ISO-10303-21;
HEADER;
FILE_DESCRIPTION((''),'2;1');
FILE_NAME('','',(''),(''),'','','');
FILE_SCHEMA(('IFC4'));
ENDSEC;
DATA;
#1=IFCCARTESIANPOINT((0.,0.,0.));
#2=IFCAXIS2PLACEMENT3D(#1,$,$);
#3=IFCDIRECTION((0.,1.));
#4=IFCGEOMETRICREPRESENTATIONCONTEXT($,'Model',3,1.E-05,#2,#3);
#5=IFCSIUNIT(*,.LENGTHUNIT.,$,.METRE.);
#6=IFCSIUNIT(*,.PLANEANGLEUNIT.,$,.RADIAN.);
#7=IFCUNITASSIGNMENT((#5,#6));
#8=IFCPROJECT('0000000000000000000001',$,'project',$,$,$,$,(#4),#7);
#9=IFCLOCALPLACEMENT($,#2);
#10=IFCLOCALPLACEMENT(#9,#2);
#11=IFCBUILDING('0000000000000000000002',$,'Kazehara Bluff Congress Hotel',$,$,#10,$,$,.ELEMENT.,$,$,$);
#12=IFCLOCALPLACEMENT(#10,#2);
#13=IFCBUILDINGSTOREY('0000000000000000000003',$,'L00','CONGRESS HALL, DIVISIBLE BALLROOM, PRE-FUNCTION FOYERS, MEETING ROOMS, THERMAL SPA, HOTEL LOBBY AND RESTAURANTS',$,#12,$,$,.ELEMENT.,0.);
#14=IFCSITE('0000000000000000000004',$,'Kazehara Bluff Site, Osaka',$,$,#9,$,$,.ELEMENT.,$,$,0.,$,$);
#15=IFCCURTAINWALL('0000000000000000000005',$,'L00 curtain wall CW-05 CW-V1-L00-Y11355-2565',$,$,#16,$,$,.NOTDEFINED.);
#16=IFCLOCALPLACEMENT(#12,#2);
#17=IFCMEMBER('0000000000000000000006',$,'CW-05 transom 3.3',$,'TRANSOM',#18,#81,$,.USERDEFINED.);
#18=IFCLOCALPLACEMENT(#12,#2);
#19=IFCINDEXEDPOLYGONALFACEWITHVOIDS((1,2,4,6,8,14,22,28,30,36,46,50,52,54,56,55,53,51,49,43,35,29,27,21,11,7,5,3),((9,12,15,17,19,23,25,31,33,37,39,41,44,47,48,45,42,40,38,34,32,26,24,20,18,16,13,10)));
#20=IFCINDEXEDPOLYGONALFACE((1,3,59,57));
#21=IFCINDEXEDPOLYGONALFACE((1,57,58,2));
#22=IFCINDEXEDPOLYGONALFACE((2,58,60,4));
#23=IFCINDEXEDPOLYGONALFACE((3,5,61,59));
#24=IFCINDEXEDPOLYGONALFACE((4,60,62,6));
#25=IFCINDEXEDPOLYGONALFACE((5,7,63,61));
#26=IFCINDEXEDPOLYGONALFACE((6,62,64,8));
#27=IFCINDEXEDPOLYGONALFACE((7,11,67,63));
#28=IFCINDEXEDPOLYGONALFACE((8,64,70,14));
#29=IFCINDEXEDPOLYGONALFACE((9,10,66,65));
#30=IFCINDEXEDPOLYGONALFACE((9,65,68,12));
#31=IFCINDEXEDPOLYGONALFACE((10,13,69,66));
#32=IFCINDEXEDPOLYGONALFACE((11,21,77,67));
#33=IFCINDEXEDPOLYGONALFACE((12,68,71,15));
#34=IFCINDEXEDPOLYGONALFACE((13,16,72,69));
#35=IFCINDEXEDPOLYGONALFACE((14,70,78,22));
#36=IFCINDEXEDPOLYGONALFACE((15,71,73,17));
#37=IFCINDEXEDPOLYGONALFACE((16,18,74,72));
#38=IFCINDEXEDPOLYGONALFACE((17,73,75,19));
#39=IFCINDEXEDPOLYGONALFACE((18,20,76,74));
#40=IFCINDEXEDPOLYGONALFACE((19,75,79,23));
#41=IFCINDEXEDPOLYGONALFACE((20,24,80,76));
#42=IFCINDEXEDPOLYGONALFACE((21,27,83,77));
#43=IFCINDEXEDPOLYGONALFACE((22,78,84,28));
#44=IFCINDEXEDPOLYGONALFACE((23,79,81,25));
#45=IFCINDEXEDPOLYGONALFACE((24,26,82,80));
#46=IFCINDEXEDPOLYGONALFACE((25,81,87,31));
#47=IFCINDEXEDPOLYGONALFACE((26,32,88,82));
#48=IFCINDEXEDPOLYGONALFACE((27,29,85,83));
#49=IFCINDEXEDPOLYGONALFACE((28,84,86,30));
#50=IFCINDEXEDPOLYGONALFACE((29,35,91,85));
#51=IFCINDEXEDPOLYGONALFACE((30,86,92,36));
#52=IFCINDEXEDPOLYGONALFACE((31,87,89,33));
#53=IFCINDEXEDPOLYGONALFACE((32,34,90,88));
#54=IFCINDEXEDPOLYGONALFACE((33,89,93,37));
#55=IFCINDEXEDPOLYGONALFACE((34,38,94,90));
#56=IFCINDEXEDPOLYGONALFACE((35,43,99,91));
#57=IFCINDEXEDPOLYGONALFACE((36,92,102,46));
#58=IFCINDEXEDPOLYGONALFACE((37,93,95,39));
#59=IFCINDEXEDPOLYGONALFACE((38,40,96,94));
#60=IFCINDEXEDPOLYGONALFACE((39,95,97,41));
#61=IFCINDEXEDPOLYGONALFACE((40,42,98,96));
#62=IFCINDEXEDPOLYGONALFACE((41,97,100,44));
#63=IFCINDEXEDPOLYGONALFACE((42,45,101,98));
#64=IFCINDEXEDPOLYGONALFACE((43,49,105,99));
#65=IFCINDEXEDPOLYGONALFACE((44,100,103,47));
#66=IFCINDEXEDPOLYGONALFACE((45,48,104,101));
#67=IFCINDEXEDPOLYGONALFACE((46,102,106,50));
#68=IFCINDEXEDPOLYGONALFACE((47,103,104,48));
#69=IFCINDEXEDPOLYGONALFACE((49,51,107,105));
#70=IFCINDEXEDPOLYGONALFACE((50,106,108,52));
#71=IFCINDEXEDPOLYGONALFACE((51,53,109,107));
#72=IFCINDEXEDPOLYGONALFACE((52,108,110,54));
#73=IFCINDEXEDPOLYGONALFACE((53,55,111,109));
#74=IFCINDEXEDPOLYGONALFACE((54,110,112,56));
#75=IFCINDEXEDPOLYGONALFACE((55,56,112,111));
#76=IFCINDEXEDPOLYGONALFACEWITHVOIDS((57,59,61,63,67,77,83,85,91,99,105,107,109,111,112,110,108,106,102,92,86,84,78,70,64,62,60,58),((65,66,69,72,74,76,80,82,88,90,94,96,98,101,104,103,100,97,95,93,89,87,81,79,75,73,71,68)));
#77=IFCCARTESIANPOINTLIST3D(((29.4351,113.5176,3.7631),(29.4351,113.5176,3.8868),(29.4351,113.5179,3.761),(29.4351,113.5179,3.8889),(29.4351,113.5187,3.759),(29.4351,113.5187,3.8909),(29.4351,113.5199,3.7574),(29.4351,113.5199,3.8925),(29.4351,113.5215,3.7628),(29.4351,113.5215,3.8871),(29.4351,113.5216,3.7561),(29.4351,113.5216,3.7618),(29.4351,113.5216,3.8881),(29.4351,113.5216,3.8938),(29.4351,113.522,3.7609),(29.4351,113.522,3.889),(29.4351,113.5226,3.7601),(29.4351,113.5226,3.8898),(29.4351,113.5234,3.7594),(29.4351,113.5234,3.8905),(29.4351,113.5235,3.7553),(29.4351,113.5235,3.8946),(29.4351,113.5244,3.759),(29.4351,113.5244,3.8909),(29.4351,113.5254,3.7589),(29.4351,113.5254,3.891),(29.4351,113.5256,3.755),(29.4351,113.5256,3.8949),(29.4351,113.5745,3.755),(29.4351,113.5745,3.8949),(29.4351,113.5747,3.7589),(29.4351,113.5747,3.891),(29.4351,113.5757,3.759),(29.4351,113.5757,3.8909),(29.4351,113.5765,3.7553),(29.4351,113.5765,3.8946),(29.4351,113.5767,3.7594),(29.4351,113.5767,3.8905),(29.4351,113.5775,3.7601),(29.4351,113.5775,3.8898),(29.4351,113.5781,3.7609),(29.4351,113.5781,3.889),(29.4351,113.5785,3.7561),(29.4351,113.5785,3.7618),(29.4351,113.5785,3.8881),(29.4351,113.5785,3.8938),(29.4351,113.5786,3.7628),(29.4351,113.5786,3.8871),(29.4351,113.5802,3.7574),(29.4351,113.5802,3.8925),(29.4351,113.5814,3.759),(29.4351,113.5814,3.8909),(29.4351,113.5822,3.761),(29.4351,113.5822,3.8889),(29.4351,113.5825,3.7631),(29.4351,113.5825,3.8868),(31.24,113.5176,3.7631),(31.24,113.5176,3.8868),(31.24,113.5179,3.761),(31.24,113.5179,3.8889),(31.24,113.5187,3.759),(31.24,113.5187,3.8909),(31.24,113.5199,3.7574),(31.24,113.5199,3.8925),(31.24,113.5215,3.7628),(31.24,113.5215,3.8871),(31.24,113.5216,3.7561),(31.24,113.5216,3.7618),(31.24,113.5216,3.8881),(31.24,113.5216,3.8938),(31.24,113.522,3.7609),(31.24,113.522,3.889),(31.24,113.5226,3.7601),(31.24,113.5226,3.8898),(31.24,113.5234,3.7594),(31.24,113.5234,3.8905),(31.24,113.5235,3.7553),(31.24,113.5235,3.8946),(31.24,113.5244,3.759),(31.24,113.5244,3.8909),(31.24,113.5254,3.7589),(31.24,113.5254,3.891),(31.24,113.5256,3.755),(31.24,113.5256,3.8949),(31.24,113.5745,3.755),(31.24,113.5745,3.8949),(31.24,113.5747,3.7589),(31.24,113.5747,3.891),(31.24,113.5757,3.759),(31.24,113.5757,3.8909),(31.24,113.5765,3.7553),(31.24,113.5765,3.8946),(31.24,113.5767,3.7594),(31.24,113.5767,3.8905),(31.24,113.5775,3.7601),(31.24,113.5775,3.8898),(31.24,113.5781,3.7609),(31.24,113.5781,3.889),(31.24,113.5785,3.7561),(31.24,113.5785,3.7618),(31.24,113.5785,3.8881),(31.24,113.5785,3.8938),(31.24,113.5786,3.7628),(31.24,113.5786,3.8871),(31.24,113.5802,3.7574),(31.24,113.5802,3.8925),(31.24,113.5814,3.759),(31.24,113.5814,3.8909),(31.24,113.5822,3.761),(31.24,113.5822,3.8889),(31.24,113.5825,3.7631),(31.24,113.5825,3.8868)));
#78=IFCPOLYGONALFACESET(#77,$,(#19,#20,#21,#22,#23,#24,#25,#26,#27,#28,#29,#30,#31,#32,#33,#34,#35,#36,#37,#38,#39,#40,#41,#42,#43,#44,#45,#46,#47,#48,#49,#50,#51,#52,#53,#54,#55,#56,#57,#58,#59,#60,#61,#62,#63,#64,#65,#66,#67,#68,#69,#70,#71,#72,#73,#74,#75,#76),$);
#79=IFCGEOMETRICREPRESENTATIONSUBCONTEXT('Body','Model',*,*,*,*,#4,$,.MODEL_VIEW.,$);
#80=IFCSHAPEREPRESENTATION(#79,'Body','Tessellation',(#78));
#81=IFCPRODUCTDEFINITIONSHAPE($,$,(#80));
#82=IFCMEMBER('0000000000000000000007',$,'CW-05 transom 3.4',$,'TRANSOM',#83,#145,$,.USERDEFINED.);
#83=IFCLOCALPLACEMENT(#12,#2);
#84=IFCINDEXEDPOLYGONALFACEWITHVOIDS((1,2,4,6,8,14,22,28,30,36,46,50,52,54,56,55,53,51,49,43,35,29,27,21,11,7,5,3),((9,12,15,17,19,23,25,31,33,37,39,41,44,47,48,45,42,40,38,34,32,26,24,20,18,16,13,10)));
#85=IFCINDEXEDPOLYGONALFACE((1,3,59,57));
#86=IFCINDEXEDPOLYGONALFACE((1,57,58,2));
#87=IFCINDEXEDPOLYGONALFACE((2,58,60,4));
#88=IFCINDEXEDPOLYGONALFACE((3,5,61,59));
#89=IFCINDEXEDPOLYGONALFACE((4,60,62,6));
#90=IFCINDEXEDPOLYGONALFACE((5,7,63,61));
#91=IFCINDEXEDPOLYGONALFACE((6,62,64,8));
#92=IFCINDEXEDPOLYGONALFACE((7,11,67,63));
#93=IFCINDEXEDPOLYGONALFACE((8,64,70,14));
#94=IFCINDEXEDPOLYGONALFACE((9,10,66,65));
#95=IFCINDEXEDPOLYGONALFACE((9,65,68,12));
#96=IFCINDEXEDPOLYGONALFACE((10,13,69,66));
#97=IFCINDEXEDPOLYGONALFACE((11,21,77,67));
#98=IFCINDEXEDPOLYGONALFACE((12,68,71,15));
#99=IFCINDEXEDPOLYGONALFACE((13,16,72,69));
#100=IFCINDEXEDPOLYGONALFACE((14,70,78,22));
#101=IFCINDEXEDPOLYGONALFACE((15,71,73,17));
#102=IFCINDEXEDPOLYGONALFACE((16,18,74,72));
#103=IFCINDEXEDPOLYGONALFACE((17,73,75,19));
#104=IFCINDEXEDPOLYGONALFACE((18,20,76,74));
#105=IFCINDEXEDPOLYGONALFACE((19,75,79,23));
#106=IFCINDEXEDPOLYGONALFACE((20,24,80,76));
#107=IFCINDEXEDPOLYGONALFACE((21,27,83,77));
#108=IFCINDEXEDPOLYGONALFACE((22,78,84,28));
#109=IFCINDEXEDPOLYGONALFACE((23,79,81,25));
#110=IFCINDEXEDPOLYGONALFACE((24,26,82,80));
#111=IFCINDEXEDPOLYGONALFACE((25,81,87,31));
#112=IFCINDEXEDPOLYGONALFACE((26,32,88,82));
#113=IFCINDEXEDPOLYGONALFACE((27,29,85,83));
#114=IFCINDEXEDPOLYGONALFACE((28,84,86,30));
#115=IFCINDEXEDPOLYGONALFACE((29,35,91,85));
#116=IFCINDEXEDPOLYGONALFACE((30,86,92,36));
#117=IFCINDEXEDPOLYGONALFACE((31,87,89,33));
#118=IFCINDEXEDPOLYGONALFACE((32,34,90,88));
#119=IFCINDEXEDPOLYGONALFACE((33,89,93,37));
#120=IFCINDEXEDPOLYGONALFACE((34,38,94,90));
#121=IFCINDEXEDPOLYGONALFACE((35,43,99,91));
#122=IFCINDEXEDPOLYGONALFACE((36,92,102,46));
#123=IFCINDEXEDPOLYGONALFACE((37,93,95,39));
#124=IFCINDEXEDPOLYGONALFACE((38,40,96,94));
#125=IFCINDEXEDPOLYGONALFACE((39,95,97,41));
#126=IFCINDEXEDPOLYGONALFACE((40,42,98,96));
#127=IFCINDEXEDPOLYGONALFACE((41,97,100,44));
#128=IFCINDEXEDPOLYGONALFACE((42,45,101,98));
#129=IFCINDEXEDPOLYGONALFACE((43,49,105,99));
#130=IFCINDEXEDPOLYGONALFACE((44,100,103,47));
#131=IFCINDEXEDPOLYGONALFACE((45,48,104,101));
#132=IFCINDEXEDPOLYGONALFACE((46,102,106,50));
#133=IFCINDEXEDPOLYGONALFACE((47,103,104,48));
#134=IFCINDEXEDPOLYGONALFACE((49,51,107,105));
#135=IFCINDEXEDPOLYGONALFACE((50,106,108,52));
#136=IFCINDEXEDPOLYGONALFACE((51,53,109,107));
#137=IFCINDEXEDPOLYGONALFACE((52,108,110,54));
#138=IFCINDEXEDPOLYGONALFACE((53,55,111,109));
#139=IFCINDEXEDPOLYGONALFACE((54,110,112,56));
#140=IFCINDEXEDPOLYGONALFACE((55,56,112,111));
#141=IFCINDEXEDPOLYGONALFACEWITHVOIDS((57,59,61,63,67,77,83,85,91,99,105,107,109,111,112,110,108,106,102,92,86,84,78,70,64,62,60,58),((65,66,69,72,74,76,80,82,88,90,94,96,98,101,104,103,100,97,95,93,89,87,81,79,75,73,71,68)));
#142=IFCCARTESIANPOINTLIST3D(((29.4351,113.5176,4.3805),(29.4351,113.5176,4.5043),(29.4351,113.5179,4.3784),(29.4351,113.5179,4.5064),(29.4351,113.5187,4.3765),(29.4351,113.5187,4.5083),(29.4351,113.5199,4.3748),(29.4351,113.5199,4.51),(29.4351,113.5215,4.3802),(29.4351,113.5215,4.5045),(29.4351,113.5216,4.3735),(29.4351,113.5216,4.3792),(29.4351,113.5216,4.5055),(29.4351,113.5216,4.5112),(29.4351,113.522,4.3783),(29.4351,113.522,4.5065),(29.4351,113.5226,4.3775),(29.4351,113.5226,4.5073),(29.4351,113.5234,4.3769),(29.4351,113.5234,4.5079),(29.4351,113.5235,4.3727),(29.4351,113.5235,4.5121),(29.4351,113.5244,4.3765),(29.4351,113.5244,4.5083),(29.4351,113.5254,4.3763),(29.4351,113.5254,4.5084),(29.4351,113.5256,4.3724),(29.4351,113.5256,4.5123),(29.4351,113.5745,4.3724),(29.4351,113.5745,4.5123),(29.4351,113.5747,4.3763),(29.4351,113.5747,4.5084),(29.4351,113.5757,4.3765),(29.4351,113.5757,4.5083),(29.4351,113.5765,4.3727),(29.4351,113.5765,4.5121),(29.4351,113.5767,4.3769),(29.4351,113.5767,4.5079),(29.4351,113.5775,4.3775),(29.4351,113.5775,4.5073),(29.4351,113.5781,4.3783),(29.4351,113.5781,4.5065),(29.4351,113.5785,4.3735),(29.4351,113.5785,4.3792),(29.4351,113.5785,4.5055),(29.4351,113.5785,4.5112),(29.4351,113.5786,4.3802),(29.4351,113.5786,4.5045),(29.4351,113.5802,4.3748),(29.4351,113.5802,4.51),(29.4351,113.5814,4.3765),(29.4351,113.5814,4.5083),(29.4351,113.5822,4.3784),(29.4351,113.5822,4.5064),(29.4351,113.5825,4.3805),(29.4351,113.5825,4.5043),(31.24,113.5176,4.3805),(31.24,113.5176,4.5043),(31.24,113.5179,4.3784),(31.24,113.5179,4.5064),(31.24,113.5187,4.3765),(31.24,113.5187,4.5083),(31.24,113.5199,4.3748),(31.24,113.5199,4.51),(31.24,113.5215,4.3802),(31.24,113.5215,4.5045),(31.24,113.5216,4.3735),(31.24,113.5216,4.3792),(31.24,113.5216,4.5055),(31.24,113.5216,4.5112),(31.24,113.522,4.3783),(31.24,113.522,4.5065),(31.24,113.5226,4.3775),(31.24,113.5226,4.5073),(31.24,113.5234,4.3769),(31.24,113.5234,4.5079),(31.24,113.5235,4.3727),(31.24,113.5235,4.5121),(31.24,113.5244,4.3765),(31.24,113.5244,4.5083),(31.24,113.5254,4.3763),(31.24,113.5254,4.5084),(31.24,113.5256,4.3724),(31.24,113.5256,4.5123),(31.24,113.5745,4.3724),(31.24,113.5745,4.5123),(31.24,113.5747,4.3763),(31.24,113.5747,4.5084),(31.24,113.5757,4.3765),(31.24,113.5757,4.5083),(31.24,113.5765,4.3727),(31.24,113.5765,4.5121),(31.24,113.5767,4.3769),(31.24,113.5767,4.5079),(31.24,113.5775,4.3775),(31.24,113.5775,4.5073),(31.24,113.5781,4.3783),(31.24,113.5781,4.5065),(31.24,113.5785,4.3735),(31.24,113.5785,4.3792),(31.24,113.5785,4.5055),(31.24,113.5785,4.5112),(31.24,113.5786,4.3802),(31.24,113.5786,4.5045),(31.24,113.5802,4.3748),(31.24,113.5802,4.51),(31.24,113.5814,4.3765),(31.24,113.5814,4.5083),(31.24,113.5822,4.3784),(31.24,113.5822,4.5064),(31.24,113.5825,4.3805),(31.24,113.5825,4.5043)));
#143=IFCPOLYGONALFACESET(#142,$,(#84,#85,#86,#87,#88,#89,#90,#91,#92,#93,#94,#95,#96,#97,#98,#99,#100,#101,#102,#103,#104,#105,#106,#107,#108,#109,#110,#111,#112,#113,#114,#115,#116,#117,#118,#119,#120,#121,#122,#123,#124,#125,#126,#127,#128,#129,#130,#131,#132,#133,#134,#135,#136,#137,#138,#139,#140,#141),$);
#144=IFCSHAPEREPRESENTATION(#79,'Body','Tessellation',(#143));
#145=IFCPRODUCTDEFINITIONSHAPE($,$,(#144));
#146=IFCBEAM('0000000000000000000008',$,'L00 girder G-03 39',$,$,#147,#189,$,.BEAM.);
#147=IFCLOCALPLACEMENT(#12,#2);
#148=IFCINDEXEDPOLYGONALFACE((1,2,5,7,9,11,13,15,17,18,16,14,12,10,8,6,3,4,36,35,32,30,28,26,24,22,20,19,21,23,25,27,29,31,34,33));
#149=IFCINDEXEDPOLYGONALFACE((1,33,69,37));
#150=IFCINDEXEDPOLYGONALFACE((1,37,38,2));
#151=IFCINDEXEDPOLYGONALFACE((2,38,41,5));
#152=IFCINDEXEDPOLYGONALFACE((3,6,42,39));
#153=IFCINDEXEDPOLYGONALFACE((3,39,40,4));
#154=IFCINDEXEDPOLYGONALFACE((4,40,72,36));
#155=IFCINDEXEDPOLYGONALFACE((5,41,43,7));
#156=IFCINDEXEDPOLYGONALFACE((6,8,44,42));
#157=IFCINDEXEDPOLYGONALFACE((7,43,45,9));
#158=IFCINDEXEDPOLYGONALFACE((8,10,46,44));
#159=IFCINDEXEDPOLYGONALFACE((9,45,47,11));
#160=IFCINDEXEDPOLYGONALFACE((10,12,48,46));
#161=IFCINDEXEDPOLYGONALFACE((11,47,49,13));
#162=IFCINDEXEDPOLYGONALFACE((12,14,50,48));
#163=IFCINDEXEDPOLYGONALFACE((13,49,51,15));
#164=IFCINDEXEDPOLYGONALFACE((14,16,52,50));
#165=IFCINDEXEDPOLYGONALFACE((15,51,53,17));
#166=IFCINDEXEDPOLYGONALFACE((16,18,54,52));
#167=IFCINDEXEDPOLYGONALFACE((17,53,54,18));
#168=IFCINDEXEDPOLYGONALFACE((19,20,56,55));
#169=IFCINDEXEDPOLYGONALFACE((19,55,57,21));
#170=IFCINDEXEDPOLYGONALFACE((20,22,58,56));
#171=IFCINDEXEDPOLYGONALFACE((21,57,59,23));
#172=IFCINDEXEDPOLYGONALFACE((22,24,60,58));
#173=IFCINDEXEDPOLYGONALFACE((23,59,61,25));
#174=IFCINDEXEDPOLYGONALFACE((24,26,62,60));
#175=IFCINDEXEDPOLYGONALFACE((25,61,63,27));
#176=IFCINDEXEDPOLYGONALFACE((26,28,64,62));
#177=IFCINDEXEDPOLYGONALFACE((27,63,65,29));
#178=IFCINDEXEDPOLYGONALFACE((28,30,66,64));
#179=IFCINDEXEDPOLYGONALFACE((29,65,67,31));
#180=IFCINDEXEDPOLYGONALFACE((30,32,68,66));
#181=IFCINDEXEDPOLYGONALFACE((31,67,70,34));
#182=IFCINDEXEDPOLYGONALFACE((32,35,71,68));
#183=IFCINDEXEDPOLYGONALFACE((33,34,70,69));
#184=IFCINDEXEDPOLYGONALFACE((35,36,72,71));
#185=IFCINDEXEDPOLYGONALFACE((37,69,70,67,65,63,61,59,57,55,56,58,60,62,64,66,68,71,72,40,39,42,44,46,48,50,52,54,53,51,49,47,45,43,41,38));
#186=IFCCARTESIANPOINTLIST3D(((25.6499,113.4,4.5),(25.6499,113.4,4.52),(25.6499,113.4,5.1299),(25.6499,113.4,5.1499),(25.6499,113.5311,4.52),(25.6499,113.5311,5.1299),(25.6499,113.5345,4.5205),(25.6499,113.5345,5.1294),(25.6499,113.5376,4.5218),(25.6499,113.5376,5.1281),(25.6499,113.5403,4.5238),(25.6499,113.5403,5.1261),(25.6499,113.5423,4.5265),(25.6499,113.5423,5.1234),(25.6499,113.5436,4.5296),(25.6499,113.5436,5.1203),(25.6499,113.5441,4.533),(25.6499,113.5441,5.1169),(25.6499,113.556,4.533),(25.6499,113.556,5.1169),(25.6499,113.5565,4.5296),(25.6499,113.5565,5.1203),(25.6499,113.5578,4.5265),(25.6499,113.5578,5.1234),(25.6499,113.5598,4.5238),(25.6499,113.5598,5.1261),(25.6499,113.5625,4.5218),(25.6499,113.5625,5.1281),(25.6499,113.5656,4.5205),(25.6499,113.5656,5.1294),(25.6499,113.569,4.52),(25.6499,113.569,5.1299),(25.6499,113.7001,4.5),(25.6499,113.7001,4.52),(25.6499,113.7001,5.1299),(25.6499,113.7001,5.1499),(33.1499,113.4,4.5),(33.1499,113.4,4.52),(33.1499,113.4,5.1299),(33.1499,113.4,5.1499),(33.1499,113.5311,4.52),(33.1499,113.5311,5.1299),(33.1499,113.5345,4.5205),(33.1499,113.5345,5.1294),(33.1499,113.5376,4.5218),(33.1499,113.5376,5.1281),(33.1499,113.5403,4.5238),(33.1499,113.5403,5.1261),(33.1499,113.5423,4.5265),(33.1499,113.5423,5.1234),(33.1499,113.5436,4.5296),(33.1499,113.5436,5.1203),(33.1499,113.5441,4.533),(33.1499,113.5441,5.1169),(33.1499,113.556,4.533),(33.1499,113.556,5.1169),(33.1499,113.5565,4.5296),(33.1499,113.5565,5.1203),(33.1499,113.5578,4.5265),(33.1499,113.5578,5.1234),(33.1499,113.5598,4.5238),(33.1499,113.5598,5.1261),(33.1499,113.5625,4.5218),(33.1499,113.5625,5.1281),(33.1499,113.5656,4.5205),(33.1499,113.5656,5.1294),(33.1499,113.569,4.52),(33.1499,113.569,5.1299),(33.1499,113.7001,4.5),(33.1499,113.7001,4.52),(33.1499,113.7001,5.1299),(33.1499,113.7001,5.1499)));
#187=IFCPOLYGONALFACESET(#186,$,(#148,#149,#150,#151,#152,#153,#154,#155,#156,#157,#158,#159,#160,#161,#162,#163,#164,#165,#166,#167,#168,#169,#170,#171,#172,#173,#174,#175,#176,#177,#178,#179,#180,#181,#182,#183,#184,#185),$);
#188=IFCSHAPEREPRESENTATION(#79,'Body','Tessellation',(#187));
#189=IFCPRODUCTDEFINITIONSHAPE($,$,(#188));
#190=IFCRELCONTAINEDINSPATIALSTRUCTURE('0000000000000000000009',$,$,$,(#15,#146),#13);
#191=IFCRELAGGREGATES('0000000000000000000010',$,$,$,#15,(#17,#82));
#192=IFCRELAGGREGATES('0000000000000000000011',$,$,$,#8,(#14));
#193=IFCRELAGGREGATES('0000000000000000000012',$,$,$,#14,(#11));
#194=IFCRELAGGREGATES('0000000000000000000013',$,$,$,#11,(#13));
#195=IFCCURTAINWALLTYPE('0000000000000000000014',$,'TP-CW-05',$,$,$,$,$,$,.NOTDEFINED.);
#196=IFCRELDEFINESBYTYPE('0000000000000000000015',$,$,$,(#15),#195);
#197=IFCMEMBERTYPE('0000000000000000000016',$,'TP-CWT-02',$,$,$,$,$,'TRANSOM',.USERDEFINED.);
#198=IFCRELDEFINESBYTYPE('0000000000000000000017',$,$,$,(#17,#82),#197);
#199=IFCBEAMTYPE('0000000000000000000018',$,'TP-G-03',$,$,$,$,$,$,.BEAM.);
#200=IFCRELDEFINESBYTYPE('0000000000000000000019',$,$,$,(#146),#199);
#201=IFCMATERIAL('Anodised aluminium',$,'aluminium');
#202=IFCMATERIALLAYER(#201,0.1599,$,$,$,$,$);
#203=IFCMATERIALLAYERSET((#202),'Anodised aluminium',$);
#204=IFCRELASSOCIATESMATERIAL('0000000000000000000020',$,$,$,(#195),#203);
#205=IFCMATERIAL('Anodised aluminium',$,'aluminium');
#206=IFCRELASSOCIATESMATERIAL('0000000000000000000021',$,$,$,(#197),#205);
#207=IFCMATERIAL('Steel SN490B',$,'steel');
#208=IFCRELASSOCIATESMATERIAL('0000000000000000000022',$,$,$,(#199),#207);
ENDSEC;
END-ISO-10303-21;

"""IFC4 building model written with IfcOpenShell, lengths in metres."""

from ifc_helpers import new_model, si_unit, direction, frame, origin, origin_2d, place, context, subcontext, project, spatial, hollow_rectangle, i_section, extrude, material, layer, layer_set, material_profile, profile_set, type_object, element, aggregate, save


model = new_model("IFC4")

# Units and contexts
model_context = context("Model", 3, precision=1e-05, world=origin(), true_north=direction((0.0, 1.0)))
body_context = subcontext(model_context, "Body", "Model", "MODEL_VIEW")
ifc_project = project(units=[si_unit("LENGTHUNIT", "METRE"), si_unit("PLANEANGLEUNIT", "RADIAN")], contexts=[model_context])

# Site, building, storey
site_placement = place(None, origin())
site = spatial("IfcSite", under=ifc_project, at=site_placement, Name="Kazehara Bluff Site, Osaka", CompositionType="ELEMENT", RefElevation=0.0)
building_placement = place(site_placement, origin())
building = spatial("IfcBuilding", under=site, at=building_placement, Name="Kazehara Bluff Congress Hotel", CompositionType="ELEMENT")
storey_placement = place(building_placement, origin())
storey = spatial("IfcBuildingStorey", under=building, at=storey_placement, Name="L00", Description="CONGRESS HALL, DIVISIBLE BALLROOM, PRE-FUNCTION FOYERS, MEETING ROOMS, THERMAL SPA, HOTEL LOBBY AND RESTAURANTS", CompositionType="ELEMENT", Elevation=0.0)

# Curtain wall
ifc_material_1 = material(Name="Anodised aluminium", Category="aluminium")
ifc_layer_1 = layer(ifc_material_1, 0.1599)
ifc_layer_set_1 = layer_set([ifc_layer_1], Name="Anodised aluminium")
curtain_wall_type_1 = type_object("IfcCurtainWallType", Name="TP-CW-05", PredefinedType="NOTDEFINED", material=ifc_layer_set_1)
curtain_wall_1_placement = place(storey_placement, origin())
curtain_wall_1 = element("IfcCurtainWall", 1, at=curtain_wall_1_placement, inside=storey, type_object=curtain_wall_type_1, Name="L00 curtain wall CW-05 CW-V1-L00-Y11355-2565", PredefinedType="NOTDEFINED")

# Members
ifc_material_2 = material(Name="Anodised aluminium", Category="aluminium")
ifc_material_profile_1 = material_profile(ifc_material_2, hollow_rectangle(XDim=0.0649, YDim=0.1399, WallThickness=0.0039, InnerFilletRadius=0.0039, OuterFilletRadius=0.0081, at=origin_2d()))
ifc_profile_set_1 = profile_set([ifc_material_profile_1], Name="Anodised aluminium")
member_type_1 = type_object("IfcMemberType", Name="TP-CWT-02", ElementType="TRANSOM", PredefinedType="USERDEFINED", material=ifc_profile_set_1)
member_1_placement = place(storey_placement, frame((29.4351, 113.55, 3.825), z_axis=(1.0, 0.0, 0.0), x_axis=(0.0, 1.0, 0.0)))
member_1 = element("IfcMember", 2, at=member_1_placement, type_object=member_type_1, Name="CW-05 transom 3.3", ObjectType="TRANSOM", PredefinedType="USERDEFINED", context=body_context, shape_type="SweptSolid", body=[
    extrude(hollow_rectangle(XDim=0.0649, YDim=0.1399, WallThickness=0.0039, InnerFilletRadius=0.0039, OuterFilletRadius=0.0081, at=origin_2d()), origin(), (0.0, 0.0, 1.0), 1.8049),
])
member_2_placement = place(storey_placement, frame((29.4351, 113.55, 4.4424), z_axis=(1.0, 0.0, 0.0), x_axis=(0.0, 1.0, 0.0)))
member_2 = element("IfcMember", 3, at=member_2_placement, type_object=member_type_1, Name="CW-05 transom 3.4", ObjectType="TRANSOM", PredefinedType="USERDEFINED", context=body_context, shape_type="SweptSolid", body=[
    extrude(hollow_rectangle(XDim=0.0649, YDim=0.1399, WallThickness=0.0039, InnerFilletRadius=0.0039, OuterFilletRadius=0.0081, at=origin_2d()), origin(), (0.0, 0.0, 1.0), 1.8049),
])

# Beam
ifc_material_3 = material(Name="Steel SN490B", Category="steel")
ifc_material_profile_2 = material_profile(ifc_material_3, i_section(OverallWidth=0.3, OverallDepth=0.6499, WebThickness=0.012, FlangeThickness=0.02, FilletRadius=0.0129, at=origin_2d()))
ifc_profile_set_2 = profile_set([ifc_material_profile_2], Name="Steel SN490B")
beam_type = type_object("IfcBeamType", Name="TP-G-03", PredefinedType="BEAM", material=ifc_profile_set_2)
beam_placement = place(storey_placement, frame((25.6499, 113.55, 4.825), z_axis=(1.0, 0.0, 0.0), x_axis=(0.0, 1.0, 0.0)))
element("IfcBeam", 4, at=beam_placement, inside=storey, type_object=beam_type, Name="L00 girder G-03 39", PredefinedType="BEAM", context=body_context, shape_type="SweptSolid", body=[
    extrude(i_section(OverallWidth=0.3, OverallDepth=0.6499, WebThickness=0.012, FlangeThickness=0.02, FilletRadius=0.0129, at=origin_2d()), origin(), (0.0, 0.0, 1.0), 7.5),
])

aggregate(curtain_wall_1, [member_1, member_2])

save(model, "model.ifc")
